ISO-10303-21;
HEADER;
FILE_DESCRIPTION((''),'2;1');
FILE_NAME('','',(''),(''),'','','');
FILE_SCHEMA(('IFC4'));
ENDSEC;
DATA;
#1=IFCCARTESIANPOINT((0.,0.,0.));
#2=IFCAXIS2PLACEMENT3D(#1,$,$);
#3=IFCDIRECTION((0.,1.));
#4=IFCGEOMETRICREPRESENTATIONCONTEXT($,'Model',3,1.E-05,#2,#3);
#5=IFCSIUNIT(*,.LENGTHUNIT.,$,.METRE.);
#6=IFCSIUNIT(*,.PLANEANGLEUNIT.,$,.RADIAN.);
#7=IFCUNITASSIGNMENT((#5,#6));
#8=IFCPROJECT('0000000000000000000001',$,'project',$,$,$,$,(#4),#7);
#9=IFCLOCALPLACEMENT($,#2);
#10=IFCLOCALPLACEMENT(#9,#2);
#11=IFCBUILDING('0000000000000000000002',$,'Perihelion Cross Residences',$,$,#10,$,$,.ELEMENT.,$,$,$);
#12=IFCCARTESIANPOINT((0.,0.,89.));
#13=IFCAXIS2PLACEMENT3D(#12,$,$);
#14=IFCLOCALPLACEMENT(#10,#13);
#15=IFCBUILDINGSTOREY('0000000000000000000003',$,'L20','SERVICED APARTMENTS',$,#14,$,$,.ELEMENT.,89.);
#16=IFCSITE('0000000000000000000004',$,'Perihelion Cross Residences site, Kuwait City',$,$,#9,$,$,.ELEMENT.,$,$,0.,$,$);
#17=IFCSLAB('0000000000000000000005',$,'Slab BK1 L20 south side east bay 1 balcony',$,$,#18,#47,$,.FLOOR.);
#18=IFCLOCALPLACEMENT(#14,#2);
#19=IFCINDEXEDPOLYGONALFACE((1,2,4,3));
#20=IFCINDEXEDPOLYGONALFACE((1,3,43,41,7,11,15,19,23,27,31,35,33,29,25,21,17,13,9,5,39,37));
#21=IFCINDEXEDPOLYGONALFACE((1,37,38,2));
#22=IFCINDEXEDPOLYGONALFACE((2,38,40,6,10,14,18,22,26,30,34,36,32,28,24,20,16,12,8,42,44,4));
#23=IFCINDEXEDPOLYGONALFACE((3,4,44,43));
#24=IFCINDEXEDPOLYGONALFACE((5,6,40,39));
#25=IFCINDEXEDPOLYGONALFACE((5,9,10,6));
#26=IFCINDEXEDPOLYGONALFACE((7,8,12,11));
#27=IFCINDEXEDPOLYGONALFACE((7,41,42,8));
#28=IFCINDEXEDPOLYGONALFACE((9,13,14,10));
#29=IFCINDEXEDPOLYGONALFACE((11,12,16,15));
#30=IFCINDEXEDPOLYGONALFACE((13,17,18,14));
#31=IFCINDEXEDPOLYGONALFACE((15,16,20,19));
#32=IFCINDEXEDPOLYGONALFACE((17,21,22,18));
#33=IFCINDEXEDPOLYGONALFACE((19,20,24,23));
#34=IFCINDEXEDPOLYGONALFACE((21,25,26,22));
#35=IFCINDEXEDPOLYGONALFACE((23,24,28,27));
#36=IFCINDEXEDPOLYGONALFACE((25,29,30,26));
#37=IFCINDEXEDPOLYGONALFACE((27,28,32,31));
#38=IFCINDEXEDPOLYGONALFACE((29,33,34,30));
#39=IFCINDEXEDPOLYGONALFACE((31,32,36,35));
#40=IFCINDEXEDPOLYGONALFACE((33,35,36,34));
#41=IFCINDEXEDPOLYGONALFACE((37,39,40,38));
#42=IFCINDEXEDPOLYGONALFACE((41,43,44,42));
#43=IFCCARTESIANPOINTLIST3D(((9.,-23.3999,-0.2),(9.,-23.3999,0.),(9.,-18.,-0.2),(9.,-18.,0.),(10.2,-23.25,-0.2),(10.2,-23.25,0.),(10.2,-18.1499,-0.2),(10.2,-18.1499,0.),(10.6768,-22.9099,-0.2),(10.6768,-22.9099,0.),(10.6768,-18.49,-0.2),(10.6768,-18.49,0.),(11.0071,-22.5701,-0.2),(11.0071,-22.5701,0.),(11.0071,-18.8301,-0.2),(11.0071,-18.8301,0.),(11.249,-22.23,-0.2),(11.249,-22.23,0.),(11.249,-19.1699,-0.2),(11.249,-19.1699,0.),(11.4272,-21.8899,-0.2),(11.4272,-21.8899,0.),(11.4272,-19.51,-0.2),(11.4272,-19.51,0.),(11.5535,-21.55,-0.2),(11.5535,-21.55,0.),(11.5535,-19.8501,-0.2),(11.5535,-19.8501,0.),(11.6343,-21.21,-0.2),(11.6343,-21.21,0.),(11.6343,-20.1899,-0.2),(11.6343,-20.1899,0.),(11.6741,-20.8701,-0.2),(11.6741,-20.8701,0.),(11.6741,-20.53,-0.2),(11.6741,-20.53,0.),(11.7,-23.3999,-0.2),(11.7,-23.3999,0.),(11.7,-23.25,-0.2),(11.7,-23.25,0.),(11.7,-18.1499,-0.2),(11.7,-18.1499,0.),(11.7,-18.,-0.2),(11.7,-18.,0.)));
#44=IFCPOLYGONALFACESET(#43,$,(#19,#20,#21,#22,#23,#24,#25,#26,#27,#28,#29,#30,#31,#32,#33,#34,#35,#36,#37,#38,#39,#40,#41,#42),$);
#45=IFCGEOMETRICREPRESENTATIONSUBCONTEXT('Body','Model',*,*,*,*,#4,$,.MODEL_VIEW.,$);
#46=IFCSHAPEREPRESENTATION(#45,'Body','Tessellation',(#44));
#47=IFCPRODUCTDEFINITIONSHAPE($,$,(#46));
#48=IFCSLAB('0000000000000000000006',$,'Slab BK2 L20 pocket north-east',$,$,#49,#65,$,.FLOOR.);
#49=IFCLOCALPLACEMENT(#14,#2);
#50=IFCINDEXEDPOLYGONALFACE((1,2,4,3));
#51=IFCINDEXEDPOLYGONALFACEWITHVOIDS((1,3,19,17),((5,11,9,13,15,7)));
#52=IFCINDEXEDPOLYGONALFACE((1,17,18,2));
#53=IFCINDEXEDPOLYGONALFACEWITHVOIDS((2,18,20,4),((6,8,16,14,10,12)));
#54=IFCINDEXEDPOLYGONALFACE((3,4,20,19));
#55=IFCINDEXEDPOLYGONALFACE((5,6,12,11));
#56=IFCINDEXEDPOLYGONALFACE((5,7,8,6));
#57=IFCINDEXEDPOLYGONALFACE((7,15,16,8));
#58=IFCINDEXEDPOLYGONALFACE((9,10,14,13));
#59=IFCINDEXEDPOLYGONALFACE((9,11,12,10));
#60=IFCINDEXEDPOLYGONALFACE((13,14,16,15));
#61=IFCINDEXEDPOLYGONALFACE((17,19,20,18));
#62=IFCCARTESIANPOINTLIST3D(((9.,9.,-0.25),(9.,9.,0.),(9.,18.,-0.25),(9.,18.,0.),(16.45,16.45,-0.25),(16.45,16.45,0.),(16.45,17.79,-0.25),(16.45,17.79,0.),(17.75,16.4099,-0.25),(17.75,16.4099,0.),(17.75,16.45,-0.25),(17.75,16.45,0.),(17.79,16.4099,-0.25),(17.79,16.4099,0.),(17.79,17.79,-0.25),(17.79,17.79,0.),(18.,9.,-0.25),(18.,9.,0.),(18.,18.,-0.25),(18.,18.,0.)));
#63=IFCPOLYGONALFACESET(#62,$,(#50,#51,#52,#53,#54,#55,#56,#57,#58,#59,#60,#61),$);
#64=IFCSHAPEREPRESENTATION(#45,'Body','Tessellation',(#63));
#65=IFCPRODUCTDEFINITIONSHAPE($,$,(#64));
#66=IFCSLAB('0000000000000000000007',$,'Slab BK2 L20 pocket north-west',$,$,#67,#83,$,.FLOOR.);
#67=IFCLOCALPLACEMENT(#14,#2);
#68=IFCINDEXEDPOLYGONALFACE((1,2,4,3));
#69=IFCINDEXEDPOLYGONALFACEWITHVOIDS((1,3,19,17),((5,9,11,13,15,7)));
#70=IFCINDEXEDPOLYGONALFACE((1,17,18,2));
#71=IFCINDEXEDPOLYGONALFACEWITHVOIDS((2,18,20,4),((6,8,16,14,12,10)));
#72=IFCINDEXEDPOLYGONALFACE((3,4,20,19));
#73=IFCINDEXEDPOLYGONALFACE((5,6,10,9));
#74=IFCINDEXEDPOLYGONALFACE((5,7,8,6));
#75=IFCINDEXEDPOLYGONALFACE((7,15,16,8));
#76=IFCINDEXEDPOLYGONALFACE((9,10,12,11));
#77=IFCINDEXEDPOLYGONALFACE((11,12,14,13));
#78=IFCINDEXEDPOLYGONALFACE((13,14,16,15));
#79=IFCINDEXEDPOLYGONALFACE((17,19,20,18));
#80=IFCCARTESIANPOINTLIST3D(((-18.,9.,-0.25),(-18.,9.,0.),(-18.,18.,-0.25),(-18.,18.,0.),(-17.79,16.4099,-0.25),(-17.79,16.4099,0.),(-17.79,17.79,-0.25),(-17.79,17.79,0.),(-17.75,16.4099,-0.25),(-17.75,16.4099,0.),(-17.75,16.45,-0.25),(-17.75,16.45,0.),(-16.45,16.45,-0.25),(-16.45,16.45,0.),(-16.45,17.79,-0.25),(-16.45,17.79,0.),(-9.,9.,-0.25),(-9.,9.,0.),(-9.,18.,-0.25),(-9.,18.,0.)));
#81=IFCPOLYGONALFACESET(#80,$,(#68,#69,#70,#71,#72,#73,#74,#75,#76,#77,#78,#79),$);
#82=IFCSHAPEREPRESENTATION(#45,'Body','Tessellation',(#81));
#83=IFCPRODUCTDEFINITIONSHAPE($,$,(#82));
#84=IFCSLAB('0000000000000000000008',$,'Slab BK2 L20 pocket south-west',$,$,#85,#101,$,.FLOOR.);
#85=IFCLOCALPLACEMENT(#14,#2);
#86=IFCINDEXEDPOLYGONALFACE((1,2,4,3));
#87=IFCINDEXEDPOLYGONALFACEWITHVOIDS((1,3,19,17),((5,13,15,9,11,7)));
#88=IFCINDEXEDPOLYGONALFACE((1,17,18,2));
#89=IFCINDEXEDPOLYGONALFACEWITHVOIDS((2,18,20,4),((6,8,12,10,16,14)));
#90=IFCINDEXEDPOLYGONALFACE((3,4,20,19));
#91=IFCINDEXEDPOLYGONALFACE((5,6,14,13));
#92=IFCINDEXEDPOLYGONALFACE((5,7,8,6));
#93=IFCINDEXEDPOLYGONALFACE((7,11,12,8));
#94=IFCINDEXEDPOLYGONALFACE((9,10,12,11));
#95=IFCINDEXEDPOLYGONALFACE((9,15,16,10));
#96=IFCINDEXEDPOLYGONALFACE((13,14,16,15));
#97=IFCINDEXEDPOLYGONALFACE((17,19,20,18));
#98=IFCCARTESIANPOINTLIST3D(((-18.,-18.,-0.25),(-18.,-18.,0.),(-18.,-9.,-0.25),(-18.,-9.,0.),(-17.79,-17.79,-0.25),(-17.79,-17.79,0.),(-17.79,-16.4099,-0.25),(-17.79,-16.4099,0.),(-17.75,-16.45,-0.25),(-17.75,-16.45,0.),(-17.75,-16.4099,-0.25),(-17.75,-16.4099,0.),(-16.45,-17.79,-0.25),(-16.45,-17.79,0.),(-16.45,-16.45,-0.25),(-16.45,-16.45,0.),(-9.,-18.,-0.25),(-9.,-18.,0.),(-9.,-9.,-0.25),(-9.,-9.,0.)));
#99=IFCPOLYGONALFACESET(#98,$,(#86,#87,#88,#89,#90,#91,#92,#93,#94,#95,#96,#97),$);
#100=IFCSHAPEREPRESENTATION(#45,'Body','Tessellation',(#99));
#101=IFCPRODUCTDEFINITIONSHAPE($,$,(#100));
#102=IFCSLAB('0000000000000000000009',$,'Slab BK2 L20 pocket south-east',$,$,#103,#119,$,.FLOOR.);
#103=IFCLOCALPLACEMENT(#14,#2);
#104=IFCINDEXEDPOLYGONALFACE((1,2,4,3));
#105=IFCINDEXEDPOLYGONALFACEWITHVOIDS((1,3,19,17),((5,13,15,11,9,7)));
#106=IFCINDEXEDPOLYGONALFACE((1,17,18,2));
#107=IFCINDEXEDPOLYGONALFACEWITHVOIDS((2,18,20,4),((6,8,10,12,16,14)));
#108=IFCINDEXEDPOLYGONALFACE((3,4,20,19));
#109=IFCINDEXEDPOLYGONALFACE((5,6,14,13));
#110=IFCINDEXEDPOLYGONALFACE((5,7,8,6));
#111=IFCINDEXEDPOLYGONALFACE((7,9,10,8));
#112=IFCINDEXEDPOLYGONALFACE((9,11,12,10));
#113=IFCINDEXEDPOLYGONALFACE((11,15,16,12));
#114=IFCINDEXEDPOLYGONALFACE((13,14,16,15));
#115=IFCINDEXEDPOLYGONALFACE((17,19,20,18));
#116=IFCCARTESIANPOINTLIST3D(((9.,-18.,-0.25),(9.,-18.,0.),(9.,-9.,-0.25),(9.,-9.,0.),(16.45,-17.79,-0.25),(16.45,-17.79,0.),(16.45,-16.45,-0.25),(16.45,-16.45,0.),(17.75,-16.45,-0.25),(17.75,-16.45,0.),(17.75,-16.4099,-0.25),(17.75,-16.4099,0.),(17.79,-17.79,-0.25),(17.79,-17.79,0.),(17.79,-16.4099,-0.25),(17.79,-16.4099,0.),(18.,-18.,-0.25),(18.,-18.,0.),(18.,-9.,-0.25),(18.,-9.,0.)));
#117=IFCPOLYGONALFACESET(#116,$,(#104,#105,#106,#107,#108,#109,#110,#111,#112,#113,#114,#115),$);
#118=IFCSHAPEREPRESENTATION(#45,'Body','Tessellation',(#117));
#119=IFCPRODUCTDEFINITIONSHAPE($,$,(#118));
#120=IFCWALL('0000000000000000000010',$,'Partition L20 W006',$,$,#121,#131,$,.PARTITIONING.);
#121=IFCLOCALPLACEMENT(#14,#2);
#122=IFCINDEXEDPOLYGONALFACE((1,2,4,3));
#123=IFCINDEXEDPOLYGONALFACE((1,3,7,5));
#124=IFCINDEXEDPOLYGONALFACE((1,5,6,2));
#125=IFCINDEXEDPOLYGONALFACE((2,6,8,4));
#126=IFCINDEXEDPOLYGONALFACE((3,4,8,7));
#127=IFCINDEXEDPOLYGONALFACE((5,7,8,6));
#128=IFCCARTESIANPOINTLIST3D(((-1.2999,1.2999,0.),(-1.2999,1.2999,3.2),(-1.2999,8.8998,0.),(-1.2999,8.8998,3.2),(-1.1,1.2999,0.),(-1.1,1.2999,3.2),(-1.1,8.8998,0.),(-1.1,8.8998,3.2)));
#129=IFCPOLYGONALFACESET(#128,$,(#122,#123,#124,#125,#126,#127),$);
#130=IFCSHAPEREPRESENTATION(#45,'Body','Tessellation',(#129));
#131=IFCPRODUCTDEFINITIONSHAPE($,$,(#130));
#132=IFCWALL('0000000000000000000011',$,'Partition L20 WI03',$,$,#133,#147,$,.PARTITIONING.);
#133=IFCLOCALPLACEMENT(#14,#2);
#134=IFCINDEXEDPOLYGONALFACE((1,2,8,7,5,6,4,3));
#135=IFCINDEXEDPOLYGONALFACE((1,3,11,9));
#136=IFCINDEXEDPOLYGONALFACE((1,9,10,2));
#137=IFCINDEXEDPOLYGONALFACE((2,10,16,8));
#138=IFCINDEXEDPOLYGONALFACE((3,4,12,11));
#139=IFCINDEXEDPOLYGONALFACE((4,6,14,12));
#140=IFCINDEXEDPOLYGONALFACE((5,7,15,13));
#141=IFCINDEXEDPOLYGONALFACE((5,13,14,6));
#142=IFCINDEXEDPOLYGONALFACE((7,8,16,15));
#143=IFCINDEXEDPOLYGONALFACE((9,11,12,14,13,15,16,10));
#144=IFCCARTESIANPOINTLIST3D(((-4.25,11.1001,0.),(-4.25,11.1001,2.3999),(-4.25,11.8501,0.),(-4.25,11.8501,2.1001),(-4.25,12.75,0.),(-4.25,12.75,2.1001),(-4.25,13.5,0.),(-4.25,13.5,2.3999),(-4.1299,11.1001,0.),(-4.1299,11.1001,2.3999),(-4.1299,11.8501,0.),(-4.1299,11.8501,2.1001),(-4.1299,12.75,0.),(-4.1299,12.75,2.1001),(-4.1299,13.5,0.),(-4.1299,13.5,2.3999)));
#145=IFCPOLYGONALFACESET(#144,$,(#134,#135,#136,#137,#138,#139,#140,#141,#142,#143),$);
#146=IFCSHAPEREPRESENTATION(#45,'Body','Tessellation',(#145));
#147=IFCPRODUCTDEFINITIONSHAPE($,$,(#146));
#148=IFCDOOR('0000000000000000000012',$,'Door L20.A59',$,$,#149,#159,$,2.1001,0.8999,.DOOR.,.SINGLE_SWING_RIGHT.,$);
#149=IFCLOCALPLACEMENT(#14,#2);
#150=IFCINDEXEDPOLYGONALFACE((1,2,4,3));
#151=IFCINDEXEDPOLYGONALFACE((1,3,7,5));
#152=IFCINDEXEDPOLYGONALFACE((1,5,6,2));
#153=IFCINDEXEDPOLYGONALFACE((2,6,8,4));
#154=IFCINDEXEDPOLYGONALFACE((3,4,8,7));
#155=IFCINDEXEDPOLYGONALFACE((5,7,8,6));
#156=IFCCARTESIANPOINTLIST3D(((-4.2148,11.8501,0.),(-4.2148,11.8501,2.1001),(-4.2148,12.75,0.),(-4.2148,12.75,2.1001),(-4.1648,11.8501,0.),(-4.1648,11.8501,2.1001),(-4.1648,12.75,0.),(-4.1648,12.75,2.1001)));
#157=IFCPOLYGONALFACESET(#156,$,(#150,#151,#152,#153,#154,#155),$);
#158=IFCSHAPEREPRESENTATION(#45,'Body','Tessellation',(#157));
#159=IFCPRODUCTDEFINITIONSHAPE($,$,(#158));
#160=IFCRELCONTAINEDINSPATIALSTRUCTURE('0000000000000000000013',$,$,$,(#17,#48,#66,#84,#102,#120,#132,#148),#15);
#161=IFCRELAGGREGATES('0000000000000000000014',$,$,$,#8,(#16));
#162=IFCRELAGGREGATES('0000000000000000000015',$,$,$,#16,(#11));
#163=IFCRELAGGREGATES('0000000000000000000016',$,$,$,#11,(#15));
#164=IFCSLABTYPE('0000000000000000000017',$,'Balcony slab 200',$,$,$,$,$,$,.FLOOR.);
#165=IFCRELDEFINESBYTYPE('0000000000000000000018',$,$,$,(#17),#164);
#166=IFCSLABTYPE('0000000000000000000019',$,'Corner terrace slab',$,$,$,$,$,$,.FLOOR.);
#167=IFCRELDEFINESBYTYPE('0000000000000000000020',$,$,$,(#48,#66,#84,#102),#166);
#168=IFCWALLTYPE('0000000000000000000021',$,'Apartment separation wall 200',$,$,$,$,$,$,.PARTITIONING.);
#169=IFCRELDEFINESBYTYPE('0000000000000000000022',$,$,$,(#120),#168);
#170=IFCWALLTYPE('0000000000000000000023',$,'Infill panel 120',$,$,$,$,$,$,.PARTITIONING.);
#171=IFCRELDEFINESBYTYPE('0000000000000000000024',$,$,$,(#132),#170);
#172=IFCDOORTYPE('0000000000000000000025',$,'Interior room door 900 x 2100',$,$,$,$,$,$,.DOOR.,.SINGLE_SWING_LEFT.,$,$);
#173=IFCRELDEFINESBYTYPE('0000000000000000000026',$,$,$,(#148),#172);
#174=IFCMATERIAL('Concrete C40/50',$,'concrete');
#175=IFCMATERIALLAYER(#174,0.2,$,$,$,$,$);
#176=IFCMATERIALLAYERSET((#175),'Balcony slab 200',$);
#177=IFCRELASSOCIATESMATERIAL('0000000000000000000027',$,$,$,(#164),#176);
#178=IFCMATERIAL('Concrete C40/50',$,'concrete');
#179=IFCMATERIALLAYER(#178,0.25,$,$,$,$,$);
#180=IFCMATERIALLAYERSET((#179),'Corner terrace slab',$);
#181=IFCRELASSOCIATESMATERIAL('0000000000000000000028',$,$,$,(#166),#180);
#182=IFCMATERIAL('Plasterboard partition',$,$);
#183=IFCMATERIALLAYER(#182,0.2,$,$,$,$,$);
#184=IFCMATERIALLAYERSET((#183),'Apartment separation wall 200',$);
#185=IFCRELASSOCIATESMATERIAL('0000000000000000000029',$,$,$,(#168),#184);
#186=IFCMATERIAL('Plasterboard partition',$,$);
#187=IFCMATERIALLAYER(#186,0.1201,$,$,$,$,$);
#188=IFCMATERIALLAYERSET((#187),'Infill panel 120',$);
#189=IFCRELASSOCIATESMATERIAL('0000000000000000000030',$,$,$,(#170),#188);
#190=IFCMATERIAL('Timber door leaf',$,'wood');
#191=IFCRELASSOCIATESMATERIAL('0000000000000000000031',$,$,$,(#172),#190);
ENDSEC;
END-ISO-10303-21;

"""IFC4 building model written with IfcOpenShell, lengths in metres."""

from ifc_helpers import new_model, si_unit, direction, frame, frame_2d, origin, place, context, subcontext, project, spatial, polyline, rectangle, outline, extrude, material, layer, layer_set, type_object, element, fill, save


model = new_model("IFC4")

# Units and contexts
model_context = context("Model", 3, precision=1e-05, world=origin(), true_north=direction((0.0, 1.0)))
body_context = subcontext(model_context, "Body", "Model", "MODEL_VIEW")
ifc_project = project(units=[si_unit("LENGTHUNIT", "METRE"), si_unit("PLANEANGLEUNIT", "RADIAN")], contexts=[model_context])

# Site, building, storey
site_placement = place(None, origin())
site = spatial("IfcSite", under=ifc_project, at=site_placement, Name="Perihelion Cross Residences site, Kuwait City", CompositionType="ELEMENT", RefElevation=0.0)
building_placement = place(site_placement, origin())
building = spatial("IfcBuilding", under=site, at=building_placement, Name="Perihelion Cross Residences", CompositionType="ELEMENT")
storey_placement = place(building_placement, frame((0.0, 0.0, 89.0)))
storey = spatial("IfcBuildingStorey", under=building, at=storey_placement, Name="L20", Description="SERVICED APARTMENTS", CompositionType="ELEMENT", Elevation=89.0)

# Slabs
ifc_material_1 = material(Name="Concrete C40/50", Category="concrete")
ifc_layer_1 = layer(ifc_material_1, 0.2)
ifc_layer_set_1 = layer_set([ifc_layer_1], Name="Balcony slab 200")
slab_type_1 = type_object("IfcSlabType", Name="Balcony slab 200", PredefinedType="FLOOR", material=ifc_layer_set_1)
slab_1_placement = place(storey_placement, frame((0.0, 0.0, -0.2)))
element("IfcSlab", 1, at=slab_1_placement, inside=storey, type_object=slab_type_1, Name="Slab BK1 L20 south side east bay 1 balcony", PredefinedType="FLOOR", context=body_context, shape_type="SweptSolid", body=[
    extrude(outline(polyline([(9.0, -23.3999), (9.0, -18.0), (11.7, -18.0), (11.7, -18.1499), (10.2, -18.1499), (10.6768, -18.49), (11.0071, -18.8301), (11.249, -19.1699), (11.4272, -19.51), (11.5535, -19.8501), (11.6343, -20.1899), (11.6741, -20.53), (11.6741, -20.8701), (11.6343, -21.21), (11.5535, -21.55), (11.4272, -21.8899), (11.249, -22.23), (11.0071, -22.5701), (10.6768, -22.9099), (10.2, -23.25), (11.7, -23.25), (11.7, -23.3999), (9.0, -23.3999)])), origin(), (0.0, 0.0, 1.0), 0.2),
])
ifc_material_2 = material(Name="Concrete C40/50", Category="concrete")
ifc_layer_2 = layer(ifc_material_2, 0.25)
ifc_layer_set_2 = layer_set([ifc_layer_2], Name="Corner terrace slab")
slab_type_2 = type_object("IfcSlabType", Name="Corner terrace slab", PredefinedType="FLOOR", material=ifc_layer_set_2)
slab_2_placement = place(storey_placement, frame((0.0, 0.0, -0.25)))
element("IfcSlab", 2, at=slab_2_placement, inside=storey, type_object=slab_type_2, Name="Slab BK2 L20 pocket north-east", PredefinedType="FLOOR", context=body_context, shape_type="SweptSolid", body=[
    extrude(outline(polyline([(18.0, 9.0), (18.0, 18.0), (9.0, 18.0), (9.0, 9.0), (18.0, 9.0)]), holes=[polyline([(16.45, 16.45), (16.45, 17.79), (17.79, 17.79), (17.79, 16.4099), (17.75, 16.4099), (17.75, 16.45), (16.45, 16.45)])]), origin(), (0.0, 0.0, 1.0), 0.25),
])
slab_3_placement = place(storey_placement, frame((0.0, 0.0, -0.25)))
element("IfcSlab", 3, at=slab_3_placement, inside=storey, type_object=slab_type_2, Name="Slab BK2 L20 pocket north-west", PredefinedType="FLOOR", context=body_context, shape_type="SweptSolid", body=[
    extrude(outline(polyline([(-9.0, 9.0), (-9.0, 18.0), (-18.0, 18.0), (-18.0, 9.0), (-9.0, 9.0)]), holes=[polyline([(-17.79, 16.4099), (-17.79, 17.79), (-16.45, 17.79), (-16.45, 16.45), (-17.75, 16.45), (-17.75, 16.4099), (-17.79, 16.4099)])]), origin(), (0.0, 0.0, 1.0), 0.25),
])
slab_4_placement = place(storey_placement, frame((0.0, 0.0, -0.25)))
element("IfcSlab", 4, at=slab_4_placement, inside=storey, type_object=slab_type_2, Name="Slab BK2 L20 pocket south-west", PredefinedType="FLOOR", context=body_context, shape_type="SweptSolid", body=[
    extrude(outline(polyline([(-9.0, -18.0), (-9.0, -9.0), (-18.0, -9.0), (-18.0, -18.0), (-9.0, -18.0)]), holes=[polyline([(-17.79, -16.4099), (-17.75, -16.4099), (-17.75, -16.45), (-16.45, -16.45), (-16.45, -17.79), (-17.79, -17.79), (-17.79, -16.4099)])]), origin(), (0.0, 0.0, 1.0), 0.25),
])
slab_5_placement = place(storey_placement, frame((0.0, 0.0, -0.25)))
element("IfcSlab", 5, at=slab_5_placement, inside=storey, type_object=slab_type_2, Name="Slab BK2 L20 pocket south-east", PredefinedType="FLOOR", context=body_context, shape_type="SweptSolid", body=[
    extrude(outline(polyline([(18.0, -18.0), (18.0, -9.0), (9.0, -9.0), (9.0, -18.0), (18.0, -18.0)]), holes=[polyline([(16.45, -17.79), (16.45, -16.45), (17.75, -16.45), (17.75, -16.4099), (17.79, -16.4099), (17.79, -17.79), (16.45, -17.79)])]), origin(), (0.0, 0.0, 1.0), 0.25),
])

# Wall
ifc_material_3 = material(Name="Plasterboard partition")
ifc_layer_3 = layer(ifc_material_3, 0.2)
ifc_layer_set_3 = layer_set([ifc_layer_3], Name="Apartment separation wall 200")
wall_type_1 = type_object("IfcWallType", Name="Apartment separation wall 200", PredefinedType="PARTITIONING", material=ifc_layer_set_3)
wall_1_placement = place(storey_placement, frame((-1.2, 1.3, 0.0), z_axis=(0.0, 0.0, 1.0), x_axis=(0.0, 1.0, 0.0)))
element("IfcWall", 6, at=wall_1_placement, inside=storey, type_object=wall_type_1, Name="Partition L20 W006", PredefinedType="PARTITIONING", context=body_context, shape_type="SweptSolid", body=[
    extrude(rectangle(XDim=7.5999, YDim=0.2, at=frame_2d((3.7998, 0.0))), origin(), (0.0, 0.0, 1.0), 3.2),
])

# Wall, opening, door
ifc_material_4 = material(Name="Plasterboard partition")
ifc_layer_4 = layer(ifc_material_4, 0.1201)
ifc_layer_set_4 = layer_set([ifc_layer_4], Name="Infill panel 120")
wall_type_2 = type_object("IfcWallType", Name="Infill panel 120", PredefinedType="PARTITIONING", material=ifc_layer_set_4)
wall_2_placement = place(storey_placement, frame((-4.1899, 11.1001, 0.0), z_axis=(0.0, 0.0, 1.0), x_axis=(0.0, 1.0, 0.0)))
wall_2 = element("IfcWall", 7, at=wall_2_placement, inside=storey, type_object=wall_type_2, Name="Partition L20 WI03", PredefinedType="PARTITIONING", context=body_context, shape_type="SweptSolid", body=[
    extrude(rectangle(XDim=2.3999, YDim=0.1201, at=frame_2d((1.2, 0.0))), origin(), (0.0, 0.0, 1.0), 2.3999),
])
opening_1_placement = place(wall_2_placement, frame((0.75, 0.0, 0.0)))
opening_1 = element("IfcOpeningElement", 8, at=opening_1_placement, cuts=wall_2, PredefinedType="OPENING", context=body_context, shape_type="SweptSolid", body=[
    extrude(rectangle(XDim=0.8999, YDim=2.1001, at=frame_2d((0.45, 1.05))), frame((0.0, 0.0701, 0.0), z_axis=(0.0, -1.0, 0.0), x_axis=(1.0, 0.0, 0.0)), (0.0, 0.0, 1.0), 0.1401),
])
ifc_material_5 = material(Name="Timber door leaf", Category="wood")
door_type_1 = type_object("IfcDoorType", Name="Interior room door 900 x 2100", OperationType="SINGLE_SWING_LEFT", PredefinedType="DOOR", material=ifc_material_5)
door_1_placement = place(opening_1_placement, origin())
door_1 = element("IfcDoor", 9, at=door_1_placement, inside=storey, type_object=door_type_1, Name="Door L20.A59", OperationType="SINGLE_SWING_RIGHT", OverallHeight=2.1001, OverallWidth=0.8999, PredefinedType="DOOR", context=body_context, shape_type="SweptSolid", body=[
    extrude(rectangle(XDim=0.8999, YDim=2.1001, at=frame_2d((0.45, 1.05))), frame((0.0, 0.0249, 0.0), z_axis=(0.0, -1.0, 0.0), x_axis=(1.0, 0.0, 0.0)), (0.0, 0.0, 1.0), 0.05),
])
fill(opening_1, door_1)

save(model, "model.ifc")
